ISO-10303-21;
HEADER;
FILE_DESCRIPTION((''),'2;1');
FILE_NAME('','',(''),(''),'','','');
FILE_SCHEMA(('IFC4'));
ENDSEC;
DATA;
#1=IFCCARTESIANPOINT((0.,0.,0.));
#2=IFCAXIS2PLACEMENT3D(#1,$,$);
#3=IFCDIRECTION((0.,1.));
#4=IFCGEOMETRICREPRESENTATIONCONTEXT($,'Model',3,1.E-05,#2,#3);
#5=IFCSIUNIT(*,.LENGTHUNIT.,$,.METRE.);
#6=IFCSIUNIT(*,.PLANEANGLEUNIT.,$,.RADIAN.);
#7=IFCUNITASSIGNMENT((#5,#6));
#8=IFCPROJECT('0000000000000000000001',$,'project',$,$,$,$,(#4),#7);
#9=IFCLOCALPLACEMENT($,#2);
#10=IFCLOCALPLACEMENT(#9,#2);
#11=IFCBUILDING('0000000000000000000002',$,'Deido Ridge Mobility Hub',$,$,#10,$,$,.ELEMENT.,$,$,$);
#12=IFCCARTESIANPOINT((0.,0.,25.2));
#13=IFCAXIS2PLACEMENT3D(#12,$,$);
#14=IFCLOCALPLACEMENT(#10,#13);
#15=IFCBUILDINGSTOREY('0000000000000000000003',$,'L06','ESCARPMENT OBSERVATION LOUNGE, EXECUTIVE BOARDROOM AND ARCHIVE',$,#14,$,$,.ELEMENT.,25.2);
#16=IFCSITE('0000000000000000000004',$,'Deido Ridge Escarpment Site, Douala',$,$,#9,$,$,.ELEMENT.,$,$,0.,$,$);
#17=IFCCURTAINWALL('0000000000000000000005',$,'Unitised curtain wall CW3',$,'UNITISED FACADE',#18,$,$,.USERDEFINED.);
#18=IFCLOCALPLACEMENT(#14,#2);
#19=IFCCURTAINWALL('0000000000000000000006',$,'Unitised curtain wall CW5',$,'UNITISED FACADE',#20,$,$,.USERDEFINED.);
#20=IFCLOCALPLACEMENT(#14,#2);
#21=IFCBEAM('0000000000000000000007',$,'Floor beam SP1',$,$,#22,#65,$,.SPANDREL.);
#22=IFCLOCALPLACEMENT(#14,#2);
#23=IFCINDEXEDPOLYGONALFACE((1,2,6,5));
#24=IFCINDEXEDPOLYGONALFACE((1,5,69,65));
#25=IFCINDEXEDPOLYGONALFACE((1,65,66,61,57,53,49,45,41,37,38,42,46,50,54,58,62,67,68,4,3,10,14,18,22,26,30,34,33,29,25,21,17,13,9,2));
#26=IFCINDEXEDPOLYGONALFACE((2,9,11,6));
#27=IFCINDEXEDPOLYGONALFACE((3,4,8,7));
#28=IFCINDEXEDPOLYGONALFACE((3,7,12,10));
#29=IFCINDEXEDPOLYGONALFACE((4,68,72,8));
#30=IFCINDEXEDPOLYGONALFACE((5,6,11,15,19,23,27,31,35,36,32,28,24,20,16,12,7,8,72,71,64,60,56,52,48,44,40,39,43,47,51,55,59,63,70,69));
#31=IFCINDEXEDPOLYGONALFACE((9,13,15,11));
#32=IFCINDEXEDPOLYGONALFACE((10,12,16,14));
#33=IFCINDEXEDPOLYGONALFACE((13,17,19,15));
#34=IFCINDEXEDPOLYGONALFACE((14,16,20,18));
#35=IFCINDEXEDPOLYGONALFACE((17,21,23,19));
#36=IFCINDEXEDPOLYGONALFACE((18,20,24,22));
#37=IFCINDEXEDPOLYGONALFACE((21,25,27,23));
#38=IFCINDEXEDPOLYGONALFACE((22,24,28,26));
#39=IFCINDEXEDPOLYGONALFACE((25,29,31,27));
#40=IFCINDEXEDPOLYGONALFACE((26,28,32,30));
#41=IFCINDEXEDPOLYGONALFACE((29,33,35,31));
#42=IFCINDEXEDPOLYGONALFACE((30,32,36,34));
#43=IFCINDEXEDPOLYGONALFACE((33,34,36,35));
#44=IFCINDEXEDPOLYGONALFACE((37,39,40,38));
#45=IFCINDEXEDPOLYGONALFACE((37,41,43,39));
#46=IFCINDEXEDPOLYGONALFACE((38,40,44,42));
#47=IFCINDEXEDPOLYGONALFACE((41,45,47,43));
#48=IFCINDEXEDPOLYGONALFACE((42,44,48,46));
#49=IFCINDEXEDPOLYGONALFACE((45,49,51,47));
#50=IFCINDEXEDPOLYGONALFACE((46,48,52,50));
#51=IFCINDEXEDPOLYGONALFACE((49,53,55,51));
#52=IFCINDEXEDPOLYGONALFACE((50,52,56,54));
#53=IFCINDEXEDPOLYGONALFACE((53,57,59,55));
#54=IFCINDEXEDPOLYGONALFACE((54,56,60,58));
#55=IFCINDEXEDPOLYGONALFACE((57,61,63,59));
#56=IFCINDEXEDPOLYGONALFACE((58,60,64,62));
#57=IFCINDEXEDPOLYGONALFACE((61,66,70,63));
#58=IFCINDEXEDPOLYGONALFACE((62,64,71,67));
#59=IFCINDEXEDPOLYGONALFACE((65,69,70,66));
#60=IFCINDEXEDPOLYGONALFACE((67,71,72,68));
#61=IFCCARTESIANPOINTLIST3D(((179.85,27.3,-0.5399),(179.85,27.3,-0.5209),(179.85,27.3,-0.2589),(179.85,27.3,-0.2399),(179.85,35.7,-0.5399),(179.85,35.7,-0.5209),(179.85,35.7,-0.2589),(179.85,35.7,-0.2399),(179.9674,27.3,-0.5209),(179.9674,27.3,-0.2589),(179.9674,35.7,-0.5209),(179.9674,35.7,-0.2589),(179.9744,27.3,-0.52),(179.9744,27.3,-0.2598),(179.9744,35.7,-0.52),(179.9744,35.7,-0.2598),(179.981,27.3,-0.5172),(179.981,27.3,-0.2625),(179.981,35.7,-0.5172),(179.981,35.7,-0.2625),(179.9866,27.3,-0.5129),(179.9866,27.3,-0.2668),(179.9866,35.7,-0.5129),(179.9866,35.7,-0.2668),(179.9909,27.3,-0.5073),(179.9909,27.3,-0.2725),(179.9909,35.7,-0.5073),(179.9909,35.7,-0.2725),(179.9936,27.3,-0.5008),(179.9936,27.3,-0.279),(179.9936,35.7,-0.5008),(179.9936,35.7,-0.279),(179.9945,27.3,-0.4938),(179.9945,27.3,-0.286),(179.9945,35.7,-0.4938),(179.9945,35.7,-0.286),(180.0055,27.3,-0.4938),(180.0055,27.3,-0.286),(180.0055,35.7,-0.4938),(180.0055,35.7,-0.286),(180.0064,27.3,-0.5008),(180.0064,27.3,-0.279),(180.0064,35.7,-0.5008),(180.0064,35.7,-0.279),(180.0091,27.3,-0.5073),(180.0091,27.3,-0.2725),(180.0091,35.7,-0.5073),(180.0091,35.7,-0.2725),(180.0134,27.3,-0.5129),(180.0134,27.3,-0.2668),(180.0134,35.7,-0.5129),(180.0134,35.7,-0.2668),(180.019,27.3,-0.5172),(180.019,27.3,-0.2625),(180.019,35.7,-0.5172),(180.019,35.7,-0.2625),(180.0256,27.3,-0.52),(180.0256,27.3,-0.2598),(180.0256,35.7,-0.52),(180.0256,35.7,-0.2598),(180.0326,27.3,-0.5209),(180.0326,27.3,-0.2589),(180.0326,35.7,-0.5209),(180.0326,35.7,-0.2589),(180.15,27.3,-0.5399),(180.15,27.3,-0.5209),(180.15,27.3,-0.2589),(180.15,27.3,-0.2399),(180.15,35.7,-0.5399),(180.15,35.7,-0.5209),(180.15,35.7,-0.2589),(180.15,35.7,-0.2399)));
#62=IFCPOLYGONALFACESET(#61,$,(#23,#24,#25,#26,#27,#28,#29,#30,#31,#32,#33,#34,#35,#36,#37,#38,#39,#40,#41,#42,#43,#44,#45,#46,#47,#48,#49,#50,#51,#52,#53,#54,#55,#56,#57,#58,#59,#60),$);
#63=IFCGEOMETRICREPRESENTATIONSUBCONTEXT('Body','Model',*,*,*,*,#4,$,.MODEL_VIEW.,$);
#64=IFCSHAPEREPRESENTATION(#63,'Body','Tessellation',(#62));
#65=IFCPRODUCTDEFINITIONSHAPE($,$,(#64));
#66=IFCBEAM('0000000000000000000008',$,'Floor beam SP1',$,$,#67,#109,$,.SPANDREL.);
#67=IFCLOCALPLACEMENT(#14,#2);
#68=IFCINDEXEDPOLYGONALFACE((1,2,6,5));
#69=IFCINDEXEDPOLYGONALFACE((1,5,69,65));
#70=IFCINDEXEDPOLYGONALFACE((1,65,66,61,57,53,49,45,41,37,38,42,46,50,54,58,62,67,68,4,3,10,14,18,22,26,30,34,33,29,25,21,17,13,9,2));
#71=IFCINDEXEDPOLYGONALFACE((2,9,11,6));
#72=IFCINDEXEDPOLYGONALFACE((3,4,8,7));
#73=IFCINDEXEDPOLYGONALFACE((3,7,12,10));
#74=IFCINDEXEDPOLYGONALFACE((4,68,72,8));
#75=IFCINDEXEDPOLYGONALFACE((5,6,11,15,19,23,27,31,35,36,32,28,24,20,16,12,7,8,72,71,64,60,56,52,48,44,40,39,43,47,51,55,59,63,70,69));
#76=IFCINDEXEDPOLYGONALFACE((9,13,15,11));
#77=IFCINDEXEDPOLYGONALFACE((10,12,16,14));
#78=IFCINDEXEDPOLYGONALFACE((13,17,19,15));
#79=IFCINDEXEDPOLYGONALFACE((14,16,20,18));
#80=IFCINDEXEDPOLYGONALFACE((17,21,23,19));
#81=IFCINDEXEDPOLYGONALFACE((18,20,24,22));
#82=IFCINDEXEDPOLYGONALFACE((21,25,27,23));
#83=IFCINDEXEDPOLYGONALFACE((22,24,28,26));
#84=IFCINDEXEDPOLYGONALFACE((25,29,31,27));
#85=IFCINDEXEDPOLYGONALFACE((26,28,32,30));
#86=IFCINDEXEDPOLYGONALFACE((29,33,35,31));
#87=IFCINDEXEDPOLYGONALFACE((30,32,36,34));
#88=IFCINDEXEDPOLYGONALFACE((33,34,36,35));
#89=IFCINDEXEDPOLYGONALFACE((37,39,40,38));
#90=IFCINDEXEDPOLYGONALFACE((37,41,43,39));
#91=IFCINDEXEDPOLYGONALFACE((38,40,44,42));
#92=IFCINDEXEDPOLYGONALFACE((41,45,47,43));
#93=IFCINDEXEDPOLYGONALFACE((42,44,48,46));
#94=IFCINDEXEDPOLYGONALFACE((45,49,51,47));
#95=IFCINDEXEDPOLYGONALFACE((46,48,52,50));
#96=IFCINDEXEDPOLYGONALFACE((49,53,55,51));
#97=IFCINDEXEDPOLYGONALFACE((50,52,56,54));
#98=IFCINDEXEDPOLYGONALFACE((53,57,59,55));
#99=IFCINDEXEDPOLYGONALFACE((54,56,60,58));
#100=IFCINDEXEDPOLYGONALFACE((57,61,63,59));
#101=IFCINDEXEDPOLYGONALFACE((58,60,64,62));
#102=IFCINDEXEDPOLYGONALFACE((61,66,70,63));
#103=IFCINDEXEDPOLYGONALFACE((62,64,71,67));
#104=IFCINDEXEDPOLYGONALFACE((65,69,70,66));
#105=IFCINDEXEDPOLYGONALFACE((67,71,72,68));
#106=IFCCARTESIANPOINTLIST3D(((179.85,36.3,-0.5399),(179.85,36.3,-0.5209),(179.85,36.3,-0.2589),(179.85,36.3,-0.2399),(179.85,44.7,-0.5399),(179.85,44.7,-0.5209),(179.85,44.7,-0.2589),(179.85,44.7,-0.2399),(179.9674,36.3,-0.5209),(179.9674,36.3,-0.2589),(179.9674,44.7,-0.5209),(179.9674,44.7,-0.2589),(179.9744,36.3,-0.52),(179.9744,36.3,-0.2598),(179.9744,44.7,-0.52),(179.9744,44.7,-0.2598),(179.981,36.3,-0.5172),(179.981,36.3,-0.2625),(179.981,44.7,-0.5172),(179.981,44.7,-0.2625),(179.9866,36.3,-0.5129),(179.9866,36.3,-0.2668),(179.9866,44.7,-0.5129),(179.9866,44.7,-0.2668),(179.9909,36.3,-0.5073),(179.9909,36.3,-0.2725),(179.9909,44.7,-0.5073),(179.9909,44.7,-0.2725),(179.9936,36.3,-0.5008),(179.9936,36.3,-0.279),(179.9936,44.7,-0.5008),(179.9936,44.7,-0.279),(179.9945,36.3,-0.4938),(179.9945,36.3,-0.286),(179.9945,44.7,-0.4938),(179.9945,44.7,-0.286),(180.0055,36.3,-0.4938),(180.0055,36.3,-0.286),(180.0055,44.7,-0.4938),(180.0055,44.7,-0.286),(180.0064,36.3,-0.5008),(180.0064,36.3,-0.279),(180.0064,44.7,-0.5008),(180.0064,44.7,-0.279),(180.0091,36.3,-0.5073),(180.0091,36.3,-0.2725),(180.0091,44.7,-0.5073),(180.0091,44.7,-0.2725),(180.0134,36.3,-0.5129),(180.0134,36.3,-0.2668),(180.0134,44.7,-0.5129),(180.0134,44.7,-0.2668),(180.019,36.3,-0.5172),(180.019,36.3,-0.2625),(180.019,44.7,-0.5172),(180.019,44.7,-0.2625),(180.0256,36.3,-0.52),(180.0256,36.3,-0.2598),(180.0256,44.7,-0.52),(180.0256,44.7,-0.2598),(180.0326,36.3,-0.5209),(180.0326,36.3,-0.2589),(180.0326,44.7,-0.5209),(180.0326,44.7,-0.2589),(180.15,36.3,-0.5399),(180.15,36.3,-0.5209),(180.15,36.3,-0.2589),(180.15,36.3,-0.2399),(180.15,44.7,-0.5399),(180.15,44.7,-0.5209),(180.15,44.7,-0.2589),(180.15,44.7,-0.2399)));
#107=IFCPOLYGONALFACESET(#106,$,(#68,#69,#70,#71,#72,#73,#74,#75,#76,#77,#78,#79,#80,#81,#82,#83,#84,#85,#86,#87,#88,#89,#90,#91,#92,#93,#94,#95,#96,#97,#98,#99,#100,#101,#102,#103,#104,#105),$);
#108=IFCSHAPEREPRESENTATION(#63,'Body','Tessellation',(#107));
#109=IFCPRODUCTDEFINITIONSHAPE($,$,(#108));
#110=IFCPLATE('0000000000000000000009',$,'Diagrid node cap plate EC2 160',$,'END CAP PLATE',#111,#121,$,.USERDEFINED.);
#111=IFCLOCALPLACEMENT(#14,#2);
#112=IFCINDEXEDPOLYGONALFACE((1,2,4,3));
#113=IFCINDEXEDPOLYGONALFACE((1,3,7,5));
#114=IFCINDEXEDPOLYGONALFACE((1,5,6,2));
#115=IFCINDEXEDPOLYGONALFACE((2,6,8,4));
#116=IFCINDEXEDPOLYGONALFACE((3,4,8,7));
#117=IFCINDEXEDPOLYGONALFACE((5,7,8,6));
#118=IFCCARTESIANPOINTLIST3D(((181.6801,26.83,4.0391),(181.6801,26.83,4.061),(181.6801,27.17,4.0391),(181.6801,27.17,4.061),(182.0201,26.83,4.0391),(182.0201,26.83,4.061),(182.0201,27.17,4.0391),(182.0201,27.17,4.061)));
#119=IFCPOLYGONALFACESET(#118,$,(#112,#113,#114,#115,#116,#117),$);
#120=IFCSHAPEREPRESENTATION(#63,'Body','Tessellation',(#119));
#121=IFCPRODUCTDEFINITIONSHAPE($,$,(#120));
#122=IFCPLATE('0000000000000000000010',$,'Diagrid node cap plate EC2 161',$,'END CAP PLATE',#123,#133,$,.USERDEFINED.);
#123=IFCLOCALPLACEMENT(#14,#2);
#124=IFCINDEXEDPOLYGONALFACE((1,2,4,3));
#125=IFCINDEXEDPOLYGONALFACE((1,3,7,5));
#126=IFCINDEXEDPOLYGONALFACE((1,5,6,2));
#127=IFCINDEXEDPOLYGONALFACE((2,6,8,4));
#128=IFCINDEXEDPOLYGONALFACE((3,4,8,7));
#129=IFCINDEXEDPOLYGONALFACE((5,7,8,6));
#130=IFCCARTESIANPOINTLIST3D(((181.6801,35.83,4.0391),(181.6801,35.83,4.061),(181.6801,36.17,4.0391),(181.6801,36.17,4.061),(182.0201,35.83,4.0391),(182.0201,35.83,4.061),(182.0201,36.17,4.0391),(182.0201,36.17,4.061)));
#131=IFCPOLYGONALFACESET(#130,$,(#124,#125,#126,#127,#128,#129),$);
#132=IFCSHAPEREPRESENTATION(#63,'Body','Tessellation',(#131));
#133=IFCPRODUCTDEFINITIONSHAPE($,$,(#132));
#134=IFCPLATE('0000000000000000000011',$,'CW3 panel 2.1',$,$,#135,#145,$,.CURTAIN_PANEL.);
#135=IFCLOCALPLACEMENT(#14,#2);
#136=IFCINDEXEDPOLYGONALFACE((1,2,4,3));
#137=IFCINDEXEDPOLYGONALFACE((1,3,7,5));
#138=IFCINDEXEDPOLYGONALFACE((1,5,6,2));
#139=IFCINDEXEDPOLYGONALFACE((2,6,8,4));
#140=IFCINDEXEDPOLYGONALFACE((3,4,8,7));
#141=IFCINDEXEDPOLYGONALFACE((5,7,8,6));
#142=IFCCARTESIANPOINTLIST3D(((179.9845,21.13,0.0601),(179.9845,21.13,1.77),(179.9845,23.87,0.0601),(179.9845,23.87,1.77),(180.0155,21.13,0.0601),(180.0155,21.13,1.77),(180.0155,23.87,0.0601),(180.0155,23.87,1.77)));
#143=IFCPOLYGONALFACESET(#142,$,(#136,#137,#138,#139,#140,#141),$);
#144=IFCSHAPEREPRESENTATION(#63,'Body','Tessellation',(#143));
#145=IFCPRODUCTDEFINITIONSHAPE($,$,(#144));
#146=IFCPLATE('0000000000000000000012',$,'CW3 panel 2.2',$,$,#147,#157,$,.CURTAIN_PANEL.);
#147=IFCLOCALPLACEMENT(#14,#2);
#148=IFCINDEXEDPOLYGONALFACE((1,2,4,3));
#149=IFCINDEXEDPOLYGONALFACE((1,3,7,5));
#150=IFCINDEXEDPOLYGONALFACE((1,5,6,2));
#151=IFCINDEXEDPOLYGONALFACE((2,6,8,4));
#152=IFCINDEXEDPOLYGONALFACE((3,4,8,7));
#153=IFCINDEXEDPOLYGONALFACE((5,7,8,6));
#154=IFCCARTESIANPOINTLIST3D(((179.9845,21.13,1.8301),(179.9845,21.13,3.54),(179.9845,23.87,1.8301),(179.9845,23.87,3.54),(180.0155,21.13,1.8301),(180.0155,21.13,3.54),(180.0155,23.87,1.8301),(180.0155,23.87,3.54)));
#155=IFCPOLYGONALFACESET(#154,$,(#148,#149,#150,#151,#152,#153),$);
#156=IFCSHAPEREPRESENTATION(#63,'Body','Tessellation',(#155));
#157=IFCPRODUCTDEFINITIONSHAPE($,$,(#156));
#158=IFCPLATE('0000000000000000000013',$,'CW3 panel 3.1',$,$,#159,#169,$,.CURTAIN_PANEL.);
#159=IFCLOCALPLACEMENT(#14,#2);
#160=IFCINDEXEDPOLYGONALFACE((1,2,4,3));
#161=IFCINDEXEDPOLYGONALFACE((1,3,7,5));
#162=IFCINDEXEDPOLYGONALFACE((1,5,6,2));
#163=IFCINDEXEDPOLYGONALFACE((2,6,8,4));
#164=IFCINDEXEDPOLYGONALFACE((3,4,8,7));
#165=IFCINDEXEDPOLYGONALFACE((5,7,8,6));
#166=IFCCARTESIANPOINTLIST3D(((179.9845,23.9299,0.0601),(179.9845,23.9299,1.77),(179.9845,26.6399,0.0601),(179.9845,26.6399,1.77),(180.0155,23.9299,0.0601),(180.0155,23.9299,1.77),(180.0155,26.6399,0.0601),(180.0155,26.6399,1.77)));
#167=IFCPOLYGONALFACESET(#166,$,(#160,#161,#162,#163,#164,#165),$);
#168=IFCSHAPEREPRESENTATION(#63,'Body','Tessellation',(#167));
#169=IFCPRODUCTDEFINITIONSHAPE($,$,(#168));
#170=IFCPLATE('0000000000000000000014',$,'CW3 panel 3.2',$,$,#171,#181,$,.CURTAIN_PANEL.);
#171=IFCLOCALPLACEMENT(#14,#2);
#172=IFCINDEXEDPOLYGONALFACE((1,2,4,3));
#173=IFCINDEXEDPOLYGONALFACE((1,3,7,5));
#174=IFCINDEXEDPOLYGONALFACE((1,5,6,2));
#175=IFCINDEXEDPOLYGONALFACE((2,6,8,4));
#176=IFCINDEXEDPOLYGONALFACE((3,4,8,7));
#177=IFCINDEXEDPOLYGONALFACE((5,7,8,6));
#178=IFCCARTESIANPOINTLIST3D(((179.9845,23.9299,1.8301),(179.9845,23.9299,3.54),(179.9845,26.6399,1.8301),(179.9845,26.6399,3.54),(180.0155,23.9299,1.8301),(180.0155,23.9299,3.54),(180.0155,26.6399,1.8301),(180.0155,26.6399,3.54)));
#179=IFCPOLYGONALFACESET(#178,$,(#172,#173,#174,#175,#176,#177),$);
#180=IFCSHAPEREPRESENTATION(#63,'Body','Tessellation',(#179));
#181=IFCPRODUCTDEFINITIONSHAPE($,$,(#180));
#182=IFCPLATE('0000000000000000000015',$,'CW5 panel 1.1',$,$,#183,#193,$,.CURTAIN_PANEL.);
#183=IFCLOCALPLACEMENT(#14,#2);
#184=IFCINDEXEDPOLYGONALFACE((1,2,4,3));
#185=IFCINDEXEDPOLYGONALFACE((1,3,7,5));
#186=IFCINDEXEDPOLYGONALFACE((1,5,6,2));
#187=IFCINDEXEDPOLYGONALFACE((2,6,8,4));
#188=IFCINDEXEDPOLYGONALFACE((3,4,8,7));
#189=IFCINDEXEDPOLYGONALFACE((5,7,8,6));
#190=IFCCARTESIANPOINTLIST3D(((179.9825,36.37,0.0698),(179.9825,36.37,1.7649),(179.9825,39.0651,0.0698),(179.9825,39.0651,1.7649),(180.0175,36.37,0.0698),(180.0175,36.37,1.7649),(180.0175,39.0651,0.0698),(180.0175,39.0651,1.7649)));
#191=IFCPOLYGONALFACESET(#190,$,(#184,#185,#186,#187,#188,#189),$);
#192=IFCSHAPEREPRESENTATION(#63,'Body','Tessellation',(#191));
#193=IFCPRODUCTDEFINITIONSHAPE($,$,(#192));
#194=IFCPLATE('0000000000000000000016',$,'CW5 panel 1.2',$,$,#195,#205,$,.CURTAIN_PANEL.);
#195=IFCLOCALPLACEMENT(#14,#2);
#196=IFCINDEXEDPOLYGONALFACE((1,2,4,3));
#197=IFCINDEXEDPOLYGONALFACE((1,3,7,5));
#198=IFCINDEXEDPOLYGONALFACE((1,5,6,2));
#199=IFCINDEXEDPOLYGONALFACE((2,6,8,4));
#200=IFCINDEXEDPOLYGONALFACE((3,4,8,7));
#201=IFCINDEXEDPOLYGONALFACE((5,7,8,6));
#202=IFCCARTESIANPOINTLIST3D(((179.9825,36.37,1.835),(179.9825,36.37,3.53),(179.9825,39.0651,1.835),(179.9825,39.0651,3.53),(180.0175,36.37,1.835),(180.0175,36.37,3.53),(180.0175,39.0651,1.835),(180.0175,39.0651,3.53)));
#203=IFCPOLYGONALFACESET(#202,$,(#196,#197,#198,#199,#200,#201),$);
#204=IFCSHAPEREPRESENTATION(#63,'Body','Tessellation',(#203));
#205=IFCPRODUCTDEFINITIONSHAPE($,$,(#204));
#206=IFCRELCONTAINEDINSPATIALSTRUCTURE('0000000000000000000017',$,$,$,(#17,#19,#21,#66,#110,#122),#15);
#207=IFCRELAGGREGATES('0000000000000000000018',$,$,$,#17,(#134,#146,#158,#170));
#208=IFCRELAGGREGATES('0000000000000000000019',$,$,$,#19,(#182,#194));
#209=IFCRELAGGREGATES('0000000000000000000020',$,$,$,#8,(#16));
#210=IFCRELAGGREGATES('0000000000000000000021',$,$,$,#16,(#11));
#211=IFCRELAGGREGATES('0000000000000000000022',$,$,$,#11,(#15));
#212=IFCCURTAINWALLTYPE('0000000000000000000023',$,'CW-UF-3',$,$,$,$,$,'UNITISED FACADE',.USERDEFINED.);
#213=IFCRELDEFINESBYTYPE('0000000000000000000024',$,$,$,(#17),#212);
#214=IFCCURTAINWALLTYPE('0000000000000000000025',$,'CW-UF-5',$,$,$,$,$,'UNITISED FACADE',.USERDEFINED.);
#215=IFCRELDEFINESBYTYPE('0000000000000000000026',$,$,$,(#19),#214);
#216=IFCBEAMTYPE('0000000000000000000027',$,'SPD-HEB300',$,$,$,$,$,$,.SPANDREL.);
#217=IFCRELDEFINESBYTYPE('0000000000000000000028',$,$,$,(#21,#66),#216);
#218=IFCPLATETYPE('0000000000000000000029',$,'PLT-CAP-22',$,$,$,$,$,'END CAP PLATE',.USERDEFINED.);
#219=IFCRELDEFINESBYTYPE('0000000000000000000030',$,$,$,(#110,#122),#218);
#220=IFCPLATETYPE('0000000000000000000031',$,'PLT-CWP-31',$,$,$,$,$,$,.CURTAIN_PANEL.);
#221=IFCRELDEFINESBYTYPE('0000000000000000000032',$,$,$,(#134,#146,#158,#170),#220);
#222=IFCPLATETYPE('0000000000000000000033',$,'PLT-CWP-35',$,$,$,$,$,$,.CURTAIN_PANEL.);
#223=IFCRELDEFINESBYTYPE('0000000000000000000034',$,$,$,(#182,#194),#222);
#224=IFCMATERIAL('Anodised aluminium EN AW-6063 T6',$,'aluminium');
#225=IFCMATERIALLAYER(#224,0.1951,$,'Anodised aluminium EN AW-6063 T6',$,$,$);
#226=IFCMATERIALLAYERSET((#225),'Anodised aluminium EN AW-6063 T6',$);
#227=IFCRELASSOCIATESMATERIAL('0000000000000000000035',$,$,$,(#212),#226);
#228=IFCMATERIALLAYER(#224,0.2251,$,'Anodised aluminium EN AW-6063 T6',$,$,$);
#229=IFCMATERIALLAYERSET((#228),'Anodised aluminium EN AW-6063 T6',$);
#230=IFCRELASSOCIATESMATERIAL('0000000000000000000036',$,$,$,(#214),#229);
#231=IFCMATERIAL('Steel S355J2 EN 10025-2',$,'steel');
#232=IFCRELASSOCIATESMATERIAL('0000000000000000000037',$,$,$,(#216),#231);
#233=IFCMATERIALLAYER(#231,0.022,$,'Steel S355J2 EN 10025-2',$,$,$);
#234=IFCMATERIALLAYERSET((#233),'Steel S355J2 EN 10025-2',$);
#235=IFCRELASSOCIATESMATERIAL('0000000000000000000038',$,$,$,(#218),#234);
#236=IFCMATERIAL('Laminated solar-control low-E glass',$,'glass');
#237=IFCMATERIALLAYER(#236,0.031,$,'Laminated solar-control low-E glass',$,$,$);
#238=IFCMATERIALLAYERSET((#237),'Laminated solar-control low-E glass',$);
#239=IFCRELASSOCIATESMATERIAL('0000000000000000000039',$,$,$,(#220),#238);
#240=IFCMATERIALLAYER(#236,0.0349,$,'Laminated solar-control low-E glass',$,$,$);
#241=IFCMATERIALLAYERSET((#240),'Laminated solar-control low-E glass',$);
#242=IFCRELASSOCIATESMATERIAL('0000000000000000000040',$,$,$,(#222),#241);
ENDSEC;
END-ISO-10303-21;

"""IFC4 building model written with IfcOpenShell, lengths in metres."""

from ifc_helpers import new_model, si_unit, direction, frame, origin, origin_2d, place, context, subcontext, project, spatial, rectangle, i_section, extrude, material, layer, layer_set, material_profile, profile_set, type_object, element, aggregate, save


model = new_model("IFC4")

# Units and contexts
model_context = context("Model", 3, precision=1e-05, world=origin(), true_north=direction((0.0, 1.0)))
body_context = subcontext(model_context, "Body", "Model", "MODEL_VIEW")
ifc_project = project(units=[si_unit("LENGTHUNIT", "METRE"), si_unit("PLANEANGLEUNIT", "RADIAN")], contexts=[model_context])

# Site, building, storey
site_placement = place(None, origin())
site = spatial("IfcSite", under=ifc_project, at=site_placement, Name="Deido Ridge Escarpment Site, Douala", CompositionType="ELEMENT", RefElevation=0.0)
building_placement = place(site_placement, origin())
building = spatial("IfcBuilding", under=site, at=building_placement, Name="Deido Ridge Mobility Hub", CompositionType="ELEMENT")
storey_placement = place(building_placement, frame((0.0, 0.0, 25.2)))
storey = spatial("IfcBuildingStorey", under=building, at=storey_placement, Name="L06", Description="ESCARPMENT OBSERVATION LOUNGE, EXECUTIVE BOARDROOM AND ARCHIVE", CompositionType="ELEMENT", Elevation=25.2)

# Shared definitions
ifc_material_1 = material(Name="Steel S355J2 EN 10025-2", Category="steel")

# Curtain walls
ifc_material_2 = material(Name="Anodised aluminium EN AW-6063 T6", Category="aluminium")
ifc_layer_1 = layer(ifc_material_2, 0.1951, Name="Anodised aluminium EN AW-6063 T6")
ifc_layer_set_1 = layer_set([ifc_layer_1], Name="Anodised aluminium EN AW-6063 T6")
curtain_wall_type_1 = type_object("IfcCurtainWallType", Name="CW-UF-3", ElementType="UNITISED FACADE", PredefinedType="USERDEFINED", material=ifc_layer_set_1)
curtain_wall_1_placement = place(storey_placement, origin())
curtain_wall_1 = element("IfcCurtainWall", 1, at=curtain_wall_1_placement, inside=storey, type_object=curtain_wall_type_1, Name="Unitised curtain wall CW3", ObjectType="UNITISED FACADE", PredefinedType="USERDEFINED")
ifc_layer_2 = layer(ifc_material_2, 0.2251, Name="Anodised aluminium EN AW-6063 T6")
ifc_layer_set_2 = layer_set([ifc_layer_2], Name="Anodised aluminium EN AW-6063 T6")
curtain_wall_type_2 = type_object("IfcCurtainWallType", Name="CW-UF-5", ElementType="UNITISED FACADE", PredefinedType="USERDEFINED", material=ifc_layer_set_2)
curtain_wall_2_placement = place(storey_placement, origin())
curtain_wall_2 = element("IfcCurtainWall", 2, at=curtain_wall_2_placement, inside=storey, type_object=curtain_wall_type_2, Name="Unitised curtain wall CW5", ObjectType="UNITISED FACADE", PredefinedType="USERDEFINED")

# Beams
ifc_material_profile_1 = material_profile(ifc_material_1, i_section(OverallWidth=0.3, OverallDepth=0.3, WebThickness=0.011, FlangeThickness=0.019, FilletRadius=0.0271, at=origin_2d()), Name="HEB 300")
ifc_profile_set_1 = profile_set([ifc_material_profile_1], Name="Steel S355J2 EN 10025-2")
beam_type_1 = type_object("IfcBeamType", Name="SPD-HEB300", PredefinedType="SPANDREL", material=ifc_profile_set_1)
for number, where, z_axis, x_axis, name in (
    (3, (180.0, 27.3, -0.3899), (0.0, 1.0, 0.0), (-1.0, 0.0, 0.0), "Floor beam SP1"),
    (4, (180.0, 36.3, -0.3899), (0.0, 1.0, 0.0), (-1.0, 0.0, 0.0), "Floor beam SP1"),
):
    element("IfcBeam", number, at=place(storey_placement, frame(where, z_axis=z_axis, x_axis=x_axis)), inside=storey, type_object=beam_type_1, Name=name, PredefinedType="SPANDREL", context=body_context, shape_type="SweptSolid", body=[
        extrude(i_section(OverallWidth=0.3, OverallDepth=0.3, WebThickness=0.011, FlangeThickness=0.019, FilletRadius=0.0271, at=origin_2d()), origin(), (0.0, 0.0, 1.0), 8.3999),
    ])

# Plates
ifc_layer_3 = layer(ifc_material_1, 0.022, Name="Steel S355J2 EN 10025-2")
ifc_layer_set_3 = layer_set([ifc_layer_3], Name="Steel S355J2 EN 10025-2")
plate_type_1 = type_object("IfcPlateType", Name="PLT-CAP-22", ElementType="END CAP PLATE", PredefinedType="USERDEFINED", material=ifc_layer_set_3)
for number, where, z_axis, x_axis, name in (
    (5, (181.8501, 27.0, 4.0391), (0.0, 0.0, 1.0), (1.0, 0.0, 0.0), "Diagrid node cap plate EC2 160"),
    (6, (181.8501, 36.0, 4.0391), (0.0, 0.0, 1.0), (1.0, 0.0, 0.0), "Diagrid node cap plate EC2 161"),
):
    element("IfcPlate", number, at=place(storey_placement, frame(where, z_axis=z_axis, x_axis=x_axis)), inside=storey, type_object=plate_type_1, Name=name, ObjectType="END CAP PLATE", PredefinedType="USERDEFINED", context=body_context, shape_type="SweptSolid", body=[
        extrude(rectangle(XDim=0.3401, YDim=0.3401, at=origin_2d()), origin(), (0.0, 0.0, 1.0), 0.022),
    ])

# Plates
ifc_material_3 = material(Name="Laminated solar-control low-E glass", Category="glass")
ifc_layer_4 = layer(ifc_material_3, 0.031, Name="Laminated solar-control low-E glass")
ifc_layer_set_4 = layer_set([ifc_layer_4], Name="Laminated solar-control low-E glass")
plate_type_2 = type_object("IfcPlateType", Name="PLT-CWP-31", PredefinedType="CURTAIN_PANEL", material=ifc_layer_set_4)
plate_1_placement = place(storey_placement, frame((180.0, 22.5, 0.0601), z_axis=(0.0, 0.0, 1.0), x_axis=(0.0, 1.0, 0.0)))
plate_1 = element("IfcPlate", 7, at=plate_1_placement, type_object=plate_type_2, Name="CW3 panel 2.1", PredefinedType="CURTAIN_PANEL", context=body_context, shape_type="SweptSolid", body=[
    extrude(rectangle(XDim=2.74, YDim=0.031, at=origin_2d()), origin(), (0.0, 0.0, 1.0), 1.71),
])
plate_2_placement = place(storey_placement, frame((180.0, 22.5, 1.8301), z_axis=(0.0, 0.0, 1.0), x_axis=(0.0, 1.0, 0.0)))
plate_2 = element("IfcPlate", 8, at=plate_2_placement, type_object=plate_type_2, Name="CW3 panel 2.2", PredefinedType="CURTAIN_PANEL", context=body_context, shape_type="SweptSolid", body=[
    extrude(rectangle(XDim=2.74, YDim=0.031, at=origin_2d()), origin(), (0.0, 0.0, 1.0), 1.71),
])
plate_3_placement = place(storey_placement, frame((180.0, 25.2849, 0.0601), z_axis=(0.0, 0.0, 1.0), x_axis=(0.0, 1.0, 0.0)))
plate_3 = element("IfcPlate", 9, at=plate_3_placement, type_object=plate_type_2, Name="CW3 panel 3.1", PredefinedType="CURTAIN_PANEL", context=body_context, shape_type="SweptSolid", body=[
    extrude(rectangle(XDim=2.71, YDim=0.031, at=origin_2d()), origin(), (0.0, 0.0, 1.0), 1.71),
])
plate_4_placement = place(storey_placement, frame((180.0, 25.2849, 1.8301), z_axis=(0.0, 0.0, 1.0), x_axis=(0.0, 1.0, 0.0)))
plate_4 = element("IfcPlate", 10, at=plate_4_placement, type_object=plate_type_2, Name="CW3 panel 3.2", PredefinedType="CURTAIN_PANEL", context=body_context, shape_type="SweptSolid", body=[
    extrude(rectangle(XDim=2.71, YDim=0.031, at=origin_2d()), origin(), (0.0, 0.0, 1.0), 1.71),
])
aggregate(curtain_wall_1, [plate_1, plate_2, plate_3, plate_4])
ifc_layer_5 = layer(ifc_material_3, 0.0349, Name="Laminated solar-control low-E glass")
ifc_layer_set_5 = layer_set([ifc_layer_5], Name="Laminated solar-control low-E glass")
plate_type_3 = type_object("IfcPlateType", Name="PLT-CWP-35", PredefinedType="CURTAIN_PANEL", material=ifc_layer_set_5)
plate_5_placement = place(storey_placement, frame((180.0, 37.7175, 0.0698), z_axis=(0.0, 0.0, 1.0), x_axis=(0.0, 1.0, 0.0)))
plate_5 = element("IfcPlate", 11, at=plate_5_placement, type_object=plate_type_3, Name="CW5 panel 1.1", PredefinedType="CURTAIN_PANEL", context=body_context, shape_type="SweptSolid", body=[
    extrude(rectangle(XDim=2.6951, YDim=0.0349, at=origin_2d()), origin(), (0.0, 0.0, 1.0), 1.6951),
])
plate_6_placement = place(storey_placement, frame((180.0, 37.7175, 1.835), z_axis=(0.0, 0.0, 1.0), x_axis=(0.0, 1.0, 0.0)))
plate_6 = element("IfcPlate", 12, at=plate_6_placement, type_object=plate_type_3, Name="CW5 panel 1.2", PredefinedType="CURTAIN_PANEL", context=body_context, shape_type="SweptSolid", body=[
    extrude(rectangle(XDim=2.6951, YDim=0.0349, at=origin_2d()), origin(), (0.0, 0.0, 1.0), 1.6951),
])
aggregate(curtain_wall_2, [plate_5, plate_6])

save(model, "model.ifc")
